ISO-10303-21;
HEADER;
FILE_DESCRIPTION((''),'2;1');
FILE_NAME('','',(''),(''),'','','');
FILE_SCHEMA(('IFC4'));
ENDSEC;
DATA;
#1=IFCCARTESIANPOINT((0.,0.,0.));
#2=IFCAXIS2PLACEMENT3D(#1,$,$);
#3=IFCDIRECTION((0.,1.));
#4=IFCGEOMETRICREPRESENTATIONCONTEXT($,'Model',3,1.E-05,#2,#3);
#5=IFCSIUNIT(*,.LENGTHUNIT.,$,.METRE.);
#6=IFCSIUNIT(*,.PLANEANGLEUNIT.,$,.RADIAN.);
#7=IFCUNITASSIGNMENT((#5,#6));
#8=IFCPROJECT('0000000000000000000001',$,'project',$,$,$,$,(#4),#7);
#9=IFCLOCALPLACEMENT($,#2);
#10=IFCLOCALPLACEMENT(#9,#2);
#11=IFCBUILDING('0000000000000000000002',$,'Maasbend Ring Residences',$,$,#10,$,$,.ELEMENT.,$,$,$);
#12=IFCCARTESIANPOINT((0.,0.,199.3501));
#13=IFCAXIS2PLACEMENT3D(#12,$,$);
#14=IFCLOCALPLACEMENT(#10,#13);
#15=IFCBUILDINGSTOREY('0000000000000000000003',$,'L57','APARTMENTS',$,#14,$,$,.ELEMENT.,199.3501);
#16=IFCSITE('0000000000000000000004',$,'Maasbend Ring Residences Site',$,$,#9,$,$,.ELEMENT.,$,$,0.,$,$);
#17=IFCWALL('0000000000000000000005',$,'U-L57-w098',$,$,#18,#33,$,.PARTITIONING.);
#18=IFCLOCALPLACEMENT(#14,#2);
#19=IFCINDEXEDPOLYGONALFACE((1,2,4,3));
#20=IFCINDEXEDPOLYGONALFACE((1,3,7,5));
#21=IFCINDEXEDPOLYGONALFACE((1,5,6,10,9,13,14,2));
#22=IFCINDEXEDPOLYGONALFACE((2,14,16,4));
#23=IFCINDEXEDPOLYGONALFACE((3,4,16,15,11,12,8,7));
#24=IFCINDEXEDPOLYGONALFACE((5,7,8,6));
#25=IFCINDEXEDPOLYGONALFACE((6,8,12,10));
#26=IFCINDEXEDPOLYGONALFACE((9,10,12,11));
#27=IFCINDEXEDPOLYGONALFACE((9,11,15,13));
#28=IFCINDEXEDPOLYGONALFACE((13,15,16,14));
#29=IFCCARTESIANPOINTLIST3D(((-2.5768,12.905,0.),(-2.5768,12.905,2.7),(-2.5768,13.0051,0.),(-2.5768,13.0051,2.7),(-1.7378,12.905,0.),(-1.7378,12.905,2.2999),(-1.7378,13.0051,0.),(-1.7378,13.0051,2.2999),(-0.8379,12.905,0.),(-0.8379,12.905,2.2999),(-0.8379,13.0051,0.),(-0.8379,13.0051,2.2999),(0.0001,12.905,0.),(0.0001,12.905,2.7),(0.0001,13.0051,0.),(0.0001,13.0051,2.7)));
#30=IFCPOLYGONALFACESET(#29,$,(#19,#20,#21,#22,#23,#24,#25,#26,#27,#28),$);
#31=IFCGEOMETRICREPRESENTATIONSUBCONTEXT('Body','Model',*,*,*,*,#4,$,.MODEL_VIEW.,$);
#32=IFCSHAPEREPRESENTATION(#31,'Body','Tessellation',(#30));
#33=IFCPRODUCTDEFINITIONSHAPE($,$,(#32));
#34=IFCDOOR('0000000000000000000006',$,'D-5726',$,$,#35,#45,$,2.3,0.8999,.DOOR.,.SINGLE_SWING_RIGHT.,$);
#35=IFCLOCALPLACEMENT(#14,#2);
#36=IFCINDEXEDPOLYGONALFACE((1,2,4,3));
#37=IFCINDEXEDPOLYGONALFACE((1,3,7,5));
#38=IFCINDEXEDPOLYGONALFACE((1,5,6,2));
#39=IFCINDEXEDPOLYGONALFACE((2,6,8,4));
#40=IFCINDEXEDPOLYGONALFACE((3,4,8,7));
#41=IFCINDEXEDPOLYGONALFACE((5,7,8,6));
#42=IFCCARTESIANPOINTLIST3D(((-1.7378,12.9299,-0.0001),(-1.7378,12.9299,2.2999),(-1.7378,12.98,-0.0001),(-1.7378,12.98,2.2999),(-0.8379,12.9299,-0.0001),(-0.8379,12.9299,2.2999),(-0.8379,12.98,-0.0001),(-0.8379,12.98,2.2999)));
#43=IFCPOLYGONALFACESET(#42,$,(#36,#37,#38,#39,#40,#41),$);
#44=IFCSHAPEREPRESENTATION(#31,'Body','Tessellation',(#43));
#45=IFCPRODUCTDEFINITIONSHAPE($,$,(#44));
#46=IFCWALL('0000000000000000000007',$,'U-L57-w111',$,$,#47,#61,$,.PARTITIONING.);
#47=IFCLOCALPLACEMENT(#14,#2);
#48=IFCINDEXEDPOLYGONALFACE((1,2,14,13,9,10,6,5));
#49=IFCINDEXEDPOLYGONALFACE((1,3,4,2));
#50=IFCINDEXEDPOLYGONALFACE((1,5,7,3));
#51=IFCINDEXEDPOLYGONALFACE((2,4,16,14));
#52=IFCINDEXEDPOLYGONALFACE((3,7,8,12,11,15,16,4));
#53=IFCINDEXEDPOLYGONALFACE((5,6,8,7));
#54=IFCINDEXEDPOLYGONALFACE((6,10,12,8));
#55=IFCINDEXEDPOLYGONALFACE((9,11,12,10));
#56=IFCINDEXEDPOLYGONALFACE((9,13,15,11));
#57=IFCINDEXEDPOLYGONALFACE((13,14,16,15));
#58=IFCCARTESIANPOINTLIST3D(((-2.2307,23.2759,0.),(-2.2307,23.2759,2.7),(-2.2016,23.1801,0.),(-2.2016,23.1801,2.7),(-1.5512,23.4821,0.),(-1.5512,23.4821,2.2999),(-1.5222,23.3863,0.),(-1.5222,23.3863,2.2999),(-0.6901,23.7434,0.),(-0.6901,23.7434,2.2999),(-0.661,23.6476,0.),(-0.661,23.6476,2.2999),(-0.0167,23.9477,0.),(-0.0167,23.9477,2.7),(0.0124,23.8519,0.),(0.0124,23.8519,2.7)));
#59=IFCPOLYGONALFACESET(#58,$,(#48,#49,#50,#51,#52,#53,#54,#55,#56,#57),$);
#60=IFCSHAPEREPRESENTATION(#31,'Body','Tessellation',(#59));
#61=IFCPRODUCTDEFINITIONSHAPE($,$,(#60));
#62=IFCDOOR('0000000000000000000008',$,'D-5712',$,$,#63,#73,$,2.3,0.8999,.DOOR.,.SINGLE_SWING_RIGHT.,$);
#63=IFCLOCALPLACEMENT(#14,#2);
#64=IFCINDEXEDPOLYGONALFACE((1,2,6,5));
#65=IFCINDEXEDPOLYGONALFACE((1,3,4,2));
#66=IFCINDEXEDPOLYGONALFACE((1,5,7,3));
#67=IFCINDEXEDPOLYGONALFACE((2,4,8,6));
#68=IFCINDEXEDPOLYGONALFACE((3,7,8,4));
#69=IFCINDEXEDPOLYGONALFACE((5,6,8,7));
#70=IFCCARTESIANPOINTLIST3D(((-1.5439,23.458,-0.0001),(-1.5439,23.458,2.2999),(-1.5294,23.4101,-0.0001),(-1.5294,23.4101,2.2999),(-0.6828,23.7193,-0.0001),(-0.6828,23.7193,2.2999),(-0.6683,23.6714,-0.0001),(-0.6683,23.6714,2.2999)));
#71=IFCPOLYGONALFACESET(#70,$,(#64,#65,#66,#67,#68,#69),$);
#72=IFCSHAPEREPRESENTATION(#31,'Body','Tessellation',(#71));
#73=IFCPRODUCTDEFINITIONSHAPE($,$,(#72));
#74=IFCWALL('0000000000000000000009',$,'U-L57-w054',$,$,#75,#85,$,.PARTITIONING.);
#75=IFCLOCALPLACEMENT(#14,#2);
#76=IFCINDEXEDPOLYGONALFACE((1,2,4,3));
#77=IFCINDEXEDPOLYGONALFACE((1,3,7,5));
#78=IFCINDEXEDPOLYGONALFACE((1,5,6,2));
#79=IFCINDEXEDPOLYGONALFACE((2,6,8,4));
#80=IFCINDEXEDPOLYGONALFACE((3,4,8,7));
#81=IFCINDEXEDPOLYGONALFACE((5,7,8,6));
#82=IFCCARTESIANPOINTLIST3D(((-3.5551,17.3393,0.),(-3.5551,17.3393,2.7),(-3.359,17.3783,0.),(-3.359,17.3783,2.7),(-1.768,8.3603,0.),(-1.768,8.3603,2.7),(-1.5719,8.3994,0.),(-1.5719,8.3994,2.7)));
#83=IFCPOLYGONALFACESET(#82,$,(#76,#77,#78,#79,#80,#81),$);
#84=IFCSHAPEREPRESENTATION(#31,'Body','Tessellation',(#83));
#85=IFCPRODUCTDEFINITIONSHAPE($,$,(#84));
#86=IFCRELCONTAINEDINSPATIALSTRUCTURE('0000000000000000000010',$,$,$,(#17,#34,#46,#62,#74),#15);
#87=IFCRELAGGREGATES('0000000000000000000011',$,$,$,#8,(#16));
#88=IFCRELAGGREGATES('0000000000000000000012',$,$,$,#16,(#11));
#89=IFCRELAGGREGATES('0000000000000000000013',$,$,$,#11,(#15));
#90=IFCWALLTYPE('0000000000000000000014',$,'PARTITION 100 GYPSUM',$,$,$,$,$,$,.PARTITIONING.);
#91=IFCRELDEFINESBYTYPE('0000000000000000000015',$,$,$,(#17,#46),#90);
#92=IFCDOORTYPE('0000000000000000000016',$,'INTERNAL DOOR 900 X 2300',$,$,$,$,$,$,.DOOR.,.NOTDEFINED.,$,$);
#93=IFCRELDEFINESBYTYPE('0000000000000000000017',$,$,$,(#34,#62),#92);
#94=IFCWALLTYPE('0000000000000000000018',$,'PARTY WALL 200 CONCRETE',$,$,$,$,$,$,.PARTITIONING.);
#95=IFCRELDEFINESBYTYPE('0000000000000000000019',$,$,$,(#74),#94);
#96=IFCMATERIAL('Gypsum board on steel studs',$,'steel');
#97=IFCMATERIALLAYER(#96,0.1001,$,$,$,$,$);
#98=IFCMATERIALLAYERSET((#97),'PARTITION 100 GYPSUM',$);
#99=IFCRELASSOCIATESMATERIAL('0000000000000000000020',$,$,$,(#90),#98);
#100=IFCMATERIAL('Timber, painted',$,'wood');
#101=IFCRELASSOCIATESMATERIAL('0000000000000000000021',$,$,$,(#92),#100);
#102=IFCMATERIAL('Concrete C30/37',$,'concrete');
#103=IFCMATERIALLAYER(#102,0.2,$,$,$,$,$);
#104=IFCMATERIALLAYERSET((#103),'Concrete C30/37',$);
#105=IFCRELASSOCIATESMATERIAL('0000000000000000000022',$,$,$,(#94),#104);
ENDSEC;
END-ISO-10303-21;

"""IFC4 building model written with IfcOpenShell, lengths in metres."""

from ifc_helpers import new_model, si_unit, direction, frame, frame_2d, origin, place, context, subcontext, project, spatial, rectangle, extrude, material, layer, layer_set, type_object, element, fill, save


model = new_model("IFC4")

# Units and contexts
model_context = context("Model", 3, precision=1e-05, world=origin(), true_north=direction((0.0, 1.0)))
body_context = subcontext(model_context, "Body", "Model", "MODEL_VIEW")
ifc_project = project(units=[si_unit("LENGTHUNIT", "METRE"), si_unit("PLANEANGLEUNIT", "RADIAN")], contexts=[model_context])

# Site, building, storey
site_placement = place(None, origin())
site = spatial("IfcSite", under=ifc_project, at=site_placement, Name="Maasbend Ring Residences Site", CompositionType="ELEMENT", RefElevation=0.0)
building_placement = place(site_placement, origin())
building = spatial("IfcBuilding", under=site, at=building_placement, Name="Maasbend Ring Residences", CompositionType="ELEMENT")
storey_placement = place(building_placement, frame((0.0, 0.0, 199.3501)))
storey = spatial("IfcBuildingStorey", under=building, at=storey_placement, Name="L57", Description="APARTMENTS", CompositionType="ELEMENT", Elevation=199.3501)

# Shared definitions
ifc_material_1 = material(Name="Gypsum board on steel studs", Category="steel")
ifc_layer_1 = layer(ifc_material_1, 0.1001)
ifc_layer_set_1 = layer_set([ifc_layer_1], Name="PARTITION 100 GYPSUM")
wall_type_1 = type_object("IfcWallType", Name="PARTITION 100 GYPSUM", PredefinedType="PARTITIONING", material=ifc_layer_set_1)
ifc_material_2 = material(Name="Timber, painted", Category="wood")
door_type_1 = type_object("IfcDoorType", Name="INTERNAL DOOR 900 X 2300", OperationType="NOTDEFINED", PredefinedType="DOOR", material=ifc_material_2)

# Walls, openings, doors
wall_1_placement = place(storey_placement, frame((-2.5769, 12.9551, 0.0), z_axis=(0.0, 0.0, 1.0), x_axis=(1.0, 0.0, 0.0)))
wall_1 = element("IfcWall", 1, at=wall_1_placement, inside=storey, type_object=wall_type_1, Name="U-L57-w098", PredefinedType="PARTITIONING", context=body_context, shape_type="SweptSolid", body=[
    extrude(rectangle(XDim=2.5769, YDim=0.1001, at=frame_2d((1.2886, 0.0))), origin(), (0.0, 0.0, 1.0), 2.7),
])
opening_1_placement = place(wall_1_placement, frame((0.8391, 0.0, 0.0)))
opening_1 = element("IfcOpeningElement", 2, at=opening_1_placement, cuts=wall_1, PredefinedType="OPENING", context=body_context, shape_type="SweptSolid", body=[
    extrude(rectangle(XDim=0.8999, YDim=2.3, at=frame_2d((0.45, 1.1499))), frame((0.0, 0.0601, 0.0), z_axis=(0.0, -1.0, 0.0), x_axis=(1.0, 0.0, 0.0)), (0.0, 0.0, 1.0), 0.1201),
])
door_1_placement = place(opening_1_placement, origin())
door_1 = element("IfcDoor", 3, at=door_1_placement, inside=storey, type_object=door_type_1, Name="D-5726", OperationType="SINGLE_SWING_RIGHT", OverallHeight=2.3, OverallWidth=0.8999, PredefinedType="DOOR", context=body_context, shape_type="SweptSolid", body=[
    extrude(rectangle(XDim=0.8999, YDim=2.3, at=frame_2d((0.45, 1.1499))), frame((0.0, 0.0249, 0.0), z_axis=(0.0, -1.0, 0.0), x_axis=(1.0, 0.0, 0.0)), (0.0, 0.0, 1.0), 0.05),
])
fill(opening_1, door_1)
wall_2_placement = place(storey_placement, frame((-2.2161, 23.228, 0.0), z_axis=(0.0, 0.0, 1.0), x_axis=(0.956913, 0.290376, 0.0)))
wall_2 = element("IfcWall", 4, at=wall_2_placement, inside=storey, type_object=wall_type_1, Name="U-L57-w111", PredefinedType="PARTITIONING", context=body_context, shape_type="SweptSolid", body=[
    extrude(rectangle(XDim=2.3137, YDim=0.1001, at=frame_2d((1.1567, 0.0))), origin(), (0.0, 0.0, 1.0), 2.7),
])
opening_2_placement = place(wall_2_placement, frame((0.71, 0.0, 0.0)))
opening_2 = element("IfcOpeningElement", 5, at=opening_2_placement, cuts=wall_2, PredefinedType="OPENING", context=body_context, shape_type="SweptSolid", body=[
    extrude(rectangle(XDim=0.8999, YDim=2.3, at=frame_2d((0.45, 1.1499))), frame((0.0, 0.0601, 0.0), z_axis=(0.0, -1.0, 0.0), x_axis=(1.0, 0.0, 0.0)), (0.0, 0.0, 1.0), 0.1201),
])
door_2_placement = place(opening_2_placement, origin())
door_2 = element("IfcDoor", 6, at=door_2_placement, inside=storey, type_object=door_type_1, Name="D-5712", OperationType="SINGLE_SWING_RIGHT", OverallHeight=2.3, OverallWidth=0.8999, PredefinedType="DOOR", context=body_context, shape_type="SweptSolid", body=[
    extrude(rectangle(XDim=0.8999, YDim=2.3, at=frame_2d((0.45, 1.1499))), frame((0.0, 0.0249, 0.0), z_axis=(0.0, -1.0, 0.0), x_axis=(1.0, 0.0, 0.0)), (0.0, 0.0, 1.0), 0.05),
])
fill(opening_2, door_2)

# Wall
ifc_material_3 = material(Name="Concrete C30/37", Category="concrete")
ifc_layer_2 = layer(ifc_material_3, 0.2)
ifc_layer_set_2 = layer_set([ifc_layer_2], Name="Concrete C30/37")
wall_type_2 = type_object("IfcWallType", Name="PARTY WALL 200 CONCRETE", PredefinedType="PARTITIONING", material=ifc_layer_set_2)
wall_3_placement = place(storey_placement, frame((-3.457, 17.3589, 0.0), z_axis=(0.0, 0.0, 1.0), x_axis=(0.195203, -0.980763, 0.0)))
element("IfcWall", 7, at=wall_3_placement, inside=storey, type_object=wall_type_2, Name="U-L57-w054", PredefinedType="PARTITIONING", context=body_context, shape_type="SweptSolid", body=[
    extrude(rectangle(XDim=9.155, YDim=0.2, at=frame_2d((4.5776, 0.0))), origin(), (0.0, 0.0, 1.0), 2.7),
])

save(model, "model.ifc")
